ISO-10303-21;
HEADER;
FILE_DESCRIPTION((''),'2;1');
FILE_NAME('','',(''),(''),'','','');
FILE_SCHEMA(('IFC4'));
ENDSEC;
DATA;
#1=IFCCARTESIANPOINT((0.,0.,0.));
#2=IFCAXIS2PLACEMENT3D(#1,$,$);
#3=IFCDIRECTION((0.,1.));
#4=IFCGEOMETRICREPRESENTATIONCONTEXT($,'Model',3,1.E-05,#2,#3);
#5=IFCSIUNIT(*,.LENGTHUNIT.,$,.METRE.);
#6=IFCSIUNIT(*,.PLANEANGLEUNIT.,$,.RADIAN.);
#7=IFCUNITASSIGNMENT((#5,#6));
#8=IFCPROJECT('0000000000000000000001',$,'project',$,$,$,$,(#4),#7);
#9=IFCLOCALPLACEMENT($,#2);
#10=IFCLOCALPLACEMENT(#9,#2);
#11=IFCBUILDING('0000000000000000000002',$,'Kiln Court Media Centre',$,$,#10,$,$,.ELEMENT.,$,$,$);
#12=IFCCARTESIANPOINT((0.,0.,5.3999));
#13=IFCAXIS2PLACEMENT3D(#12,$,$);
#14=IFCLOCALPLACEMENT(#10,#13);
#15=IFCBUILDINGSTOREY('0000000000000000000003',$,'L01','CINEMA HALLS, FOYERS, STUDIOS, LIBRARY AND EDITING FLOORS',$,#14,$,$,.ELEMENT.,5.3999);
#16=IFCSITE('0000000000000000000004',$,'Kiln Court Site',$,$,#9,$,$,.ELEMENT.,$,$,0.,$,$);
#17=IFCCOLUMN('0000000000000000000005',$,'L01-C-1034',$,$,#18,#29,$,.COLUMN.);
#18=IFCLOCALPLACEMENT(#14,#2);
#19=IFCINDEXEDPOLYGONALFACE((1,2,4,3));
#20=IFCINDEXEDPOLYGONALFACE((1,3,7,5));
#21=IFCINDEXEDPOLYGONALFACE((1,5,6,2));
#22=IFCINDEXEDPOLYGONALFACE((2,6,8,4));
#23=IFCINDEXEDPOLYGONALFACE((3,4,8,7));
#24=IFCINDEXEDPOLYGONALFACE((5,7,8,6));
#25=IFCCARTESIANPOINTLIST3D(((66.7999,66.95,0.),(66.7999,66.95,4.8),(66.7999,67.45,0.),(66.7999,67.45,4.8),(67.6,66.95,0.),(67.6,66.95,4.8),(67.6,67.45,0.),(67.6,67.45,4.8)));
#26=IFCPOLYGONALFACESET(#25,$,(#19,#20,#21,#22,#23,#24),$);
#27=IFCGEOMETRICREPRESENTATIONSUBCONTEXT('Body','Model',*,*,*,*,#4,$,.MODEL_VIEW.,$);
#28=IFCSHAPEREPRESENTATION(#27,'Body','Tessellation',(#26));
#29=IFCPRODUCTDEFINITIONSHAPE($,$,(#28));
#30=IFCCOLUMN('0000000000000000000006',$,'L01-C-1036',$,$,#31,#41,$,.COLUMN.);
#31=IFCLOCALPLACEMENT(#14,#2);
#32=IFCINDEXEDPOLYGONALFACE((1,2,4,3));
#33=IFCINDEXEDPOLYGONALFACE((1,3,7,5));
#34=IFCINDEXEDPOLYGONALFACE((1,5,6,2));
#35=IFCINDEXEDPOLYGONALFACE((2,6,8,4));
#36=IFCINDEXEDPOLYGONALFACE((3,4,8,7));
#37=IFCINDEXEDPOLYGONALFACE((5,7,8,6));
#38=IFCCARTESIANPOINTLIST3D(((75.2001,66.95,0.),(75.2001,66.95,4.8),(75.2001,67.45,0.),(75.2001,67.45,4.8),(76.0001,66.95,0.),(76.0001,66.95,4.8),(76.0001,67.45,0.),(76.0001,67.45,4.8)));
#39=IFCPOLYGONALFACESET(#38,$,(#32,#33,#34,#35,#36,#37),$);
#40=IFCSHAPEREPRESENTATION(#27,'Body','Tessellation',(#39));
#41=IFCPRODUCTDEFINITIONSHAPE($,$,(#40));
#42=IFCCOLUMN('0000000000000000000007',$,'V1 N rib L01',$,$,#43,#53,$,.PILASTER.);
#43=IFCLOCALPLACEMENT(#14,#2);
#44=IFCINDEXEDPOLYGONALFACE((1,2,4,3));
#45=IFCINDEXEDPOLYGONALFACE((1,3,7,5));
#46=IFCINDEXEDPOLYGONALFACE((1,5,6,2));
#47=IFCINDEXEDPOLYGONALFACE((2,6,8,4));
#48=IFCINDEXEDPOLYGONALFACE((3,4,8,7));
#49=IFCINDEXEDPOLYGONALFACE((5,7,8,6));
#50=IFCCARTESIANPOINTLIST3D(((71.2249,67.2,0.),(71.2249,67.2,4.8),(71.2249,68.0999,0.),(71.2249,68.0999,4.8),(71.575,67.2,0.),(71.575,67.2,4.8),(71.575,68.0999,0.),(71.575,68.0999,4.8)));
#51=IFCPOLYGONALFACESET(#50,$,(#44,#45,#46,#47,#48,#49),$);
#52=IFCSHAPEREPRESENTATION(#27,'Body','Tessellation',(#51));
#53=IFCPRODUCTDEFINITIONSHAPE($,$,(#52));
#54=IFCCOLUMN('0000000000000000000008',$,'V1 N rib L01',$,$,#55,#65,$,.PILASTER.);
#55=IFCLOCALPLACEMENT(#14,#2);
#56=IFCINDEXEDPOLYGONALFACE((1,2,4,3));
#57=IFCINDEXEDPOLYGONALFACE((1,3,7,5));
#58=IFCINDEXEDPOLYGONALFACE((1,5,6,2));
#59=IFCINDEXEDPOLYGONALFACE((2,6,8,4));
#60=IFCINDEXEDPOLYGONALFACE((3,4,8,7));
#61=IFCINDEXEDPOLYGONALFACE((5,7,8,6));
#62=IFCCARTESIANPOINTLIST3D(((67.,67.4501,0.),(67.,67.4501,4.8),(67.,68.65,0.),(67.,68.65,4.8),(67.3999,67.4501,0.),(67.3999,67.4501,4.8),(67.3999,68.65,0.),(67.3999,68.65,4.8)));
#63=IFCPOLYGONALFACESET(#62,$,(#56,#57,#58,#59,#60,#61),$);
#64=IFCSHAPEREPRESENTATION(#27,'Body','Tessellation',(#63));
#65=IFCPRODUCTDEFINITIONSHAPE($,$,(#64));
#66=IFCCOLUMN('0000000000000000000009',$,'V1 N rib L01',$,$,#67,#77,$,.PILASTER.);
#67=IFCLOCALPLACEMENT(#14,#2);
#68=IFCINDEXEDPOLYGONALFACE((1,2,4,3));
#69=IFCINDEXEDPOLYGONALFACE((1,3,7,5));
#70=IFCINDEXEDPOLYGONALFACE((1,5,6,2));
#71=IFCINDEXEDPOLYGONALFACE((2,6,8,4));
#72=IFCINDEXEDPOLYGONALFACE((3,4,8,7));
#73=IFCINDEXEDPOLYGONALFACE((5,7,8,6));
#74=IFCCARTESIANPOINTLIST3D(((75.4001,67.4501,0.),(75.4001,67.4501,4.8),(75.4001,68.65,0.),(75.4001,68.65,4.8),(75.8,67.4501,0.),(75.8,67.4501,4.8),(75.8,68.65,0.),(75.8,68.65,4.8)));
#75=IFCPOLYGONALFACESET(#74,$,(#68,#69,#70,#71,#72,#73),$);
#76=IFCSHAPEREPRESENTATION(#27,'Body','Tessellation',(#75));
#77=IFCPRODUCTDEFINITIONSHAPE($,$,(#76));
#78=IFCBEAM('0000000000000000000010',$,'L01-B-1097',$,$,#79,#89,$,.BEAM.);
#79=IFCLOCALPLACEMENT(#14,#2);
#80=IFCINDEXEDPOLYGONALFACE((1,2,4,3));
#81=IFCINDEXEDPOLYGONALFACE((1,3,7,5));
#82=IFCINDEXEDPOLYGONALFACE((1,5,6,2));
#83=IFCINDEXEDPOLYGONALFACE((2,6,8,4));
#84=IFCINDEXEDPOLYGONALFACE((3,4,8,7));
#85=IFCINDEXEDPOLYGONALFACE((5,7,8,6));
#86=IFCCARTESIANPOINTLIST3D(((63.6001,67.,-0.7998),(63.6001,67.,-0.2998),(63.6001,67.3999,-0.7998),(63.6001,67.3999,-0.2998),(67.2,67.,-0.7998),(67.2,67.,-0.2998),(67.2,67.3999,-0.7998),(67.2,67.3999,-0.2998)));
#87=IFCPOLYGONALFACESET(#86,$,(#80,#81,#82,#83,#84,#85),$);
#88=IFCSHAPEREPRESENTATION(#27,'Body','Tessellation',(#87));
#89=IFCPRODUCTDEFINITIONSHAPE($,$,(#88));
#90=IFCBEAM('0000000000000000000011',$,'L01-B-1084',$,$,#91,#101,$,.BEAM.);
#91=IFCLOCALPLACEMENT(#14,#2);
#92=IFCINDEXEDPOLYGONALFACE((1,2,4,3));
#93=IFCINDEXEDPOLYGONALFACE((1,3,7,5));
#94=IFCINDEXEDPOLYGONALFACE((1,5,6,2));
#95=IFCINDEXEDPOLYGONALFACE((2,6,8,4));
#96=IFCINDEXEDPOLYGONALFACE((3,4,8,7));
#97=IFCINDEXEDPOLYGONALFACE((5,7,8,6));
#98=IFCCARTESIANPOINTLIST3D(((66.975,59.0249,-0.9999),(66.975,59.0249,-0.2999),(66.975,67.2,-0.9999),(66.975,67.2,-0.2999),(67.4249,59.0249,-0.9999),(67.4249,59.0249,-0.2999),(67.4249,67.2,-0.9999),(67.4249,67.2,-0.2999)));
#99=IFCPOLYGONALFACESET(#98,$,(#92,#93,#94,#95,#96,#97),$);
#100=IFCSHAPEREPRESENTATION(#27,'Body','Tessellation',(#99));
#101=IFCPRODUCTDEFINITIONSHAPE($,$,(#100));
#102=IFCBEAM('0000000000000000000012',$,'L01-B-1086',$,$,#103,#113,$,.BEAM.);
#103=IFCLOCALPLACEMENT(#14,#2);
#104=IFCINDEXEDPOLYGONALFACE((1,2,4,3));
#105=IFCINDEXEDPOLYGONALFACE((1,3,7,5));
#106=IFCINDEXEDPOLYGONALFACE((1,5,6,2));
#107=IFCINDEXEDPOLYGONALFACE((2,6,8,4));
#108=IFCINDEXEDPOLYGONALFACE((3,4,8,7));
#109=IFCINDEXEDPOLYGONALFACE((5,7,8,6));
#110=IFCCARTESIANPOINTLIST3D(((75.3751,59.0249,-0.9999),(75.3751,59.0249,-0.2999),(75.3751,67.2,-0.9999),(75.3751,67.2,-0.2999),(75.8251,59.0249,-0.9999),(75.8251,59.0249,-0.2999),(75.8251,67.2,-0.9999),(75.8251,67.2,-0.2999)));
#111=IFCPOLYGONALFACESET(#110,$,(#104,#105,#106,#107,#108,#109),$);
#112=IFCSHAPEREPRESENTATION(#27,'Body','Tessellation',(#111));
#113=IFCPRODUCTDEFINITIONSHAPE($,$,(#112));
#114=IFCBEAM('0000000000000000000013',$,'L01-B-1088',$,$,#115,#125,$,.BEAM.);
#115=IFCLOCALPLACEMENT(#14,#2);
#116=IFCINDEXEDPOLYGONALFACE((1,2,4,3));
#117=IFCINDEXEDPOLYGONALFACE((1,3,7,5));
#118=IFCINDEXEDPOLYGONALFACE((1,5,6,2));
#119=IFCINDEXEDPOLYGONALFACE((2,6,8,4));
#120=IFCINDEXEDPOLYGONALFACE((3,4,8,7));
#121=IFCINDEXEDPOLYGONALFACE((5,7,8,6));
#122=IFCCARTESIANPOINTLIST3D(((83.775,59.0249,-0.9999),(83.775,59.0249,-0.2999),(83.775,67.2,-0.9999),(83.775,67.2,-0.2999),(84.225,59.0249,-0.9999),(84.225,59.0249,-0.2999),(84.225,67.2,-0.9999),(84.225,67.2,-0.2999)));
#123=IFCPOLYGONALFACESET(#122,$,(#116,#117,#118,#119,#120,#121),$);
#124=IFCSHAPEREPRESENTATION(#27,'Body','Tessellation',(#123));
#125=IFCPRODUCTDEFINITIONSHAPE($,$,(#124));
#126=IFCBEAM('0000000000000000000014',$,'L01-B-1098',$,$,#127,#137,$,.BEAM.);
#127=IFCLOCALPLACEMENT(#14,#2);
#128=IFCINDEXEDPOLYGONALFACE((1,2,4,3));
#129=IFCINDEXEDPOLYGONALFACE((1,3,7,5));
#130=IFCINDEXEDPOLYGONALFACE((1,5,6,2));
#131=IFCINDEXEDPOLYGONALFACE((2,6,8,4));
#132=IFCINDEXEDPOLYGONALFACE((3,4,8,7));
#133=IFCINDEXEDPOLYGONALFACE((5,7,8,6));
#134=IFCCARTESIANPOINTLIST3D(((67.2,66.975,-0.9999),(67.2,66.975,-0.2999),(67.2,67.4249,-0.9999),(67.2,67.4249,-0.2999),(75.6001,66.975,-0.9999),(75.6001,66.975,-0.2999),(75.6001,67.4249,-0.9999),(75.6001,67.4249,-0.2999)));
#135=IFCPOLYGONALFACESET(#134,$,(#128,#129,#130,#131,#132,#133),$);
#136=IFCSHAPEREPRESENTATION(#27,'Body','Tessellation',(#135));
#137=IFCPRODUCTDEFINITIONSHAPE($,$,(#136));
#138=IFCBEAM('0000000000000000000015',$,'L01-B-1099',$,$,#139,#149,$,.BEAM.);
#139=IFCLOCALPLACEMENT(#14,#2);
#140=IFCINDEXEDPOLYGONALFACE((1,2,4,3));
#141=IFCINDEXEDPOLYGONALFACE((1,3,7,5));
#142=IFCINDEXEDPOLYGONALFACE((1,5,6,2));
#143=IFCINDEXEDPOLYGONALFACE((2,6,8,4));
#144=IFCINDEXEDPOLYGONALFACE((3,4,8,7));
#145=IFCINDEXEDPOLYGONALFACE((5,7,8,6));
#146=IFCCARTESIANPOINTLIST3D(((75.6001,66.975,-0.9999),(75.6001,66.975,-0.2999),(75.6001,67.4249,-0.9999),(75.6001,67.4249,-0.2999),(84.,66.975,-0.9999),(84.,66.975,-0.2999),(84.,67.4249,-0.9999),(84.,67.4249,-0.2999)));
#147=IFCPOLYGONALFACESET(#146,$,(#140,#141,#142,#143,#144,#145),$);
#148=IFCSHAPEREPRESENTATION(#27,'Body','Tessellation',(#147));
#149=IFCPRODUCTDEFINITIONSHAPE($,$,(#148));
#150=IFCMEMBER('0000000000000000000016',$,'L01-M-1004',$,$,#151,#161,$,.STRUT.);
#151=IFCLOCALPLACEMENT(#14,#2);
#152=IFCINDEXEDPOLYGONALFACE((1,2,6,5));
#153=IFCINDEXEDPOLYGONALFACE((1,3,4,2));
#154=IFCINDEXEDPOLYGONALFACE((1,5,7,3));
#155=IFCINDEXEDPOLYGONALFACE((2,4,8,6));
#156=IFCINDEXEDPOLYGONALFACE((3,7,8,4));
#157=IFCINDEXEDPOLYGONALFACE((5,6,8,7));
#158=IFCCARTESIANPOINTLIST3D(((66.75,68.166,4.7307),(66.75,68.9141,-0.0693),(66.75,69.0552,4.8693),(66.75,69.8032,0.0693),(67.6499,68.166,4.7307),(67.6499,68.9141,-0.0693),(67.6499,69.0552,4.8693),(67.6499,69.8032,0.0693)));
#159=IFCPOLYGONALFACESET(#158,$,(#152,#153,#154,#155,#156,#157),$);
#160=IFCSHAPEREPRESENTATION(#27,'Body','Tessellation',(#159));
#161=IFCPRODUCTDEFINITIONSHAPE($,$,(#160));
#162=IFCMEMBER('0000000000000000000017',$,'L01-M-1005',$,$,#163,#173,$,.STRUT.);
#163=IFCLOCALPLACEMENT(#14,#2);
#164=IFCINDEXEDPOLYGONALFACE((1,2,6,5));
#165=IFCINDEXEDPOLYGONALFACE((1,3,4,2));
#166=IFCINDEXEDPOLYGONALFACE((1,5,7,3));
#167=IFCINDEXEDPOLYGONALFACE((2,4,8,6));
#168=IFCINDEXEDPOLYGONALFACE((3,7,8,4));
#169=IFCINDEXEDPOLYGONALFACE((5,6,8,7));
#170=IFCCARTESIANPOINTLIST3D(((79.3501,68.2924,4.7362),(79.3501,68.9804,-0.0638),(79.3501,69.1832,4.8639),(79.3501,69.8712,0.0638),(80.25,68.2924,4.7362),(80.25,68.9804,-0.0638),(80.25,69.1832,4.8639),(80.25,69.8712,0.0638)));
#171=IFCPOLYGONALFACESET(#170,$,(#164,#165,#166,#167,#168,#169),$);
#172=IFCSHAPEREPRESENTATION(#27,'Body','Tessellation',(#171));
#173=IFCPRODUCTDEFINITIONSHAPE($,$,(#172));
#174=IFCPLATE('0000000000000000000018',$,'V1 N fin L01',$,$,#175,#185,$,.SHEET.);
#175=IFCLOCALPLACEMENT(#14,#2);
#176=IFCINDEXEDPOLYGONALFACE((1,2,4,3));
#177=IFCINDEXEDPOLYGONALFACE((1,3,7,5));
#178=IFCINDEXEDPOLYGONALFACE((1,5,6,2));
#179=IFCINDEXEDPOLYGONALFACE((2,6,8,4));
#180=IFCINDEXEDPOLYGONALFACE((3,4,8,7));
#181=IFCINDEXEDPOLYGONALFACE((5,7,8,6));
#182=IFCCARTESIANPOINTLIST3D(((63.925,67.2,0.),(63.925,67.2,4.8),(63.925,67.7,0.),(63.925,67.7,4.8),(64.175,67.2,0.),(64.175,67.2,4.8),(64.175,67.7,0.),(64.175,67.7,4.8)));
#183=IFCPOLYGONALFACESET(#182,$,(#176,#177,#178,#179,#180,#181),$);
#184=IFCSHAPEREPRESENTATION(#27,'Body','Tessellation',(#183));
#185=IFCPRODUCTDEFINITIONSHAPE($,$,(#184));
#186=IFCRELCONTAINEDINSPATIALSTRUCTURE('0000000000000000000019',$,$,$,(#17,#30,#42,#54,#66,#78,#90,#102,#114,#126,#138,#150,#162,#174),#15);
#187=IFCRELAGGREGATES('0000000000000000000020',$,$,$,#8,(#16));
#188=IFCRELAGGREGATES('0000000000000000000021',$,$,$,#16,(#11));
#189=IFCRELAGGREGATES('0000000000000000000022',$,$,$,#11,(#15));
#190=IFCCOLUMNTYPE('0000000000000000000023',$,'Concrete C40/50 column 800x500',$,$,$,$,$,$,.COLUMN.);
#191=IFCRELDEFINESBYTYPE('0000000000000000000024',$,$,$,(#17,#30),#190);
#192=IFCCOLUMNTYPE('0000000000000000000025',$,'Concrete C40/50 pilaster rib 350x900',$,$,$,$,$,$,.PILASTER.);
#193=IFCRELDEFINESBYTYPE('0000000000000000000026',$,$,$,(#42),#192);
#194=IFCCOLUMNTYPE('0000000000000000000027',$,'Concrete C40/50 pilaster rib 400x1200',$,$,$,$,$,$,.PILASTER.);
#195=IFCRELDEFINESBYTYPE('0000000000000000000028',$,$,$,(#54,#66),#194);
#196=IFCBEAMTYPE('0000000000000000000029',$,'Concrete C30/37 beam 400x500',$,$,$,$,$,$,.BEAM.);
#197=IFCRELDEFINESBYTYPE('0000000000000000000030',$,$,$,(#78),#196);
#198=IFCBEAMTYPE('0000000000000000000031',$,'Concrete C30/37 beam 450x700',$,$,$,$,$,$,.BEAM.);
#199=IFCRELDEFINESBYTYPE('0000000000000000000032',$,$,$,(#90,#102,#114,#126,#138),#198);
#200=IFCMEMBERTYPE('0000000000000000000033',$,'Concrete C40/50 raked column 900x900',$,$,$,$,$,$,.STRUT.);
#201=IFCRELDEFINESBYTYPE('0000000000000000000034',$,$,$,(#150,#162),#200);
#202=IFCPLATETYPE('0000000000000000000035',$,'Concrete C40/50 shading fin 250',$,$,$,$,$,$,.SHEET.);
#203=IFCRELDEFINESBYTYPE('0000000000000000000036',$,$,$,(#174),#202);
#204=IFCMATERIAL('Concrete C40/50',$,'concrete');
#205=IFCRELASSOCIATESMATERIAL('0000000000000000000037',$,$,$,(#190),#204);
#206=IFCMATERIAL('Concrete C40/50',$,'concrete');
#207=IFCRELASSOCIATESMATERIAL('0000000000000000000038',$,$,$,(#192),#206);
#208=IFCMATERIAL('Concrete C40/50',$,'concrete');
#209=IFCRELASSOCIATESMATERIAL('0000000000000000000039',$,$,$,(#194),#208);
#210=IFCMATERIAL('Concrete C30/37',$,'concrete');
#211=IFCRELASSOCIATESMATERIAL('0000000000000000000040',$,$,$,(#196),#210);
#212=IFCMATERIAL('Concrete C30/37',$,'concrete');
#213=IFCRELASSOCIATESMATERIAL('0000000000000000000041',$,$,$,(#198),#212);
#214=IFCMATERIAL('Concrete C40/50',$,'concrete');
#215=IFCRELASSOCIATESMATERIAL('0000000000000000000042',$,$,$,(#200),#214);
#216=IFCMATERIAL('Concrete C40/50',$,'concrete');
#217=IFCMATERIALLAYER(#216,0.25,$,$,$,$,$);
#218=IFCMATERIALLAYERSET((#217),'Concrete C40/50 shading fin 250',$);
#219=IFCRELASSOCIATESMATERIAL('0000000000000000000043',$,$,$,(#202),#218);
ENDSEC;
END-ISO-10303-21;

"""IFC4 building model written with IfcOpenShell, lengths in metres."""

from ifc_helpers import new_model, si_unit, direction, frame, origin, origin_2d, place, context, subcontext, project, spatial, rectangle, extrude, material, layer, layer_set, material_profile, profile_set, type_object, element, save


model = new_model("IFC4")

# Units and contexts
model_context = context("Model", 3, precision=1e-05, world=origin(), true_north=direction((0.0, 1.0)))
body_context = subcontext(model_context, "Body", "Model", "MODEL_VIEW")
ifc_project = project(units=[si_unit("LENGTHUNIT", "METRE"), si_unit("PLANEANGLEUNIT", "RADIAN")], contexts=[model_context])

# Site, building, storey
site_placement = place(None, origin())
site = spatial("IfcSite", under=ifc_project, at=site_placement, Name="Kiln Court Site", CompositionType="ELEMENT", RefElevation=0.0)
building_placement = place(site_placement, origin())
building = spatial("IfcBuilding", under=site, at=building_placement, Name="Kiln Court Media Centre", CompositionType="ELEMENT")
storey_placement = place(building_placement, frame((0.0, 0.0, 5.3999)))
storey = spatial("IfcBuildingStorey", under=building, at=storey_placement, Name="L01", Description="CINEMA HALLS, FOYERS, STUDIOS, LIBRARY AND EDITING FLOORS", CompositionType="ELEMENT", Elevation=5.3999)

# Columns
ifc_material_1 = material(Name="Concrete C40/50", Category="concrete")
ifc_material_profile_1 = material_profile(ifc_material_1, rectangle(XDim=0.8, YDim=0.5, at=origin_2d()), Name="RC 800x500")
ifc_profile_set_1 = profile_set([ifc_material_profile_1], Name="Concrete C40/50")
column_type_1 = type_object("IfcColumnType", Name="Concrete C40/50 column 800x500", PredefinedType="COLUMN", material=ifc_profile_set_1)
for number, where, z_axis, x_axis, name in (
    (1, (67.2, 67.2, 0.0), (0.0, 0.0, 1.0), (1.0, 0.0, 0.0), "L01-C-1034"),
    (2, (75.6001, 67.2, 0.0), (0.0, 0.0, 1.0), (1.0, 0.0, 0.0), "L01-C-1036"),
):
    element("IfcColumn", number, at=place(storey_placement, frame(where, z_axis=z_axis, x_axis=x_axis)), inside=storey, type_object=column_type_1, Name=name, PredefinedType="COLUMN", context=body_context, shape_type="SweptSolid", body=[
        extrude(rectangle(XDim=0.8, YDim=0.5, at=origin_2d()), origin(), (0.0, 0.0, 1.0), 4.8),
    ])
ifc_material_2 = material(Name="Concrete C40/50", Category="concrete")
ifc_material_profile_2 = material_profile(ifc_material_2, rectangle(XDim=0.3501, YDim=0.8999, at=origin_2d()), Name="RC 350x900")
ifc_profile_set_2 = profile_set([ifc_material_profile_2], Name="Concrete C40/50")
column_type_2 = type_object("IfcColumnType", Name="Concrete C40/50 pilaster rib 350x900", PredefinedType="PILASTER", material=ifc_profile_set_2)
column_placement = place(storey_placement, frame((71.3999, 67.6499, 0.0), z_axis=(0.0, 0.0, 1.0), x_axis=(1.0, 0.0, 0.0)))
element("IfcColumn", 3, at=column_placement, inside=storey, type_object=column_type_2, Name="V1 N rib L01", PredefinedType="PILASTER", context=body_context, shape_type="SweptSolid", body=[
    extrude(rectangle(XDim=0.3501, YDim=0.8999, at=origin_2d()), origin(), (0.0, 0.0, 1.0), 4.8),
])
ifc_material_3 = material(Name="Concrete C40/50", Category="concrete")
ifc_material_profile_3 = material_profile(ifc_material_3, rectangle(XDim=0.3999, YDim=1.2, at=origin_2d()), Name="RC 400x1200")
ifc_profile_set_3 = profile_set([ifc_material_profile_3], Name="Concrete C40/50")
column_type_3 = type_object("IfcColumnType", Name="Concrete C40/50 pilaster rib 400x1200", PredefinedType="PILASTER", material=ifc_profile_set_3)
for number, where, z_axis, x_axis, name in (
    (4, (67.2, 68.05, 0.0), (0.0, 0.0, 1.0), (1.0, 0.0, 0.0), "V1 N rib L01"),
    (5, (75.6001, 68.05, 0.0), (0.0, 0.0, 1.0), (1.0, 0.0, 0.0), "V1 N rib L01"),
):
    element("IfcColumn", number, at=place(storey_placement, frame(where, z_axis=z_axis, x_axis=x_axis)), inside=storey, type_object=column_type_3, Name=name, PredefinedType="PILASTER", context=body_context, shape_type="SweptSolid", body=[
        extrude(rectangle(XDim=0.3999, YDim=1.2, at=origin_2d()), origin(), (0.0, 0.0, 1.0), 4.8),
    ])

# Beams
ifc_material_4 = material(Name="Concrete C30/37", Category="concrete")
ifc_material_profile_4 = material_profile(ifc_material_4, rectangle(XDim=0.3999, YDim=0.5, at=origin_2d()), Name="RC 400x500")
ifc_profile_set_4 = profile_set([ifc_material_profile_4], Name="Concrete C30/37")
beam_type_1 = type_object("IfcBeamType", Name="Concrete C30/37 beam 400x500", PredefinedType="BEAM", material=ifc_profile_set_4)
beam_1_placement = place(storey_placement, frame((63.6001, 67.2, -0.5498), z_axis=(1.0, 0.0, 0.0), x_axis=(0.0, 1.0, 0.0)))
element("IfcBeam", 6, at=beam_1_placement, inside=storey, type_object=beam_type_1, Name="L01-B-1097", PredefinedType="BEAM", context=body_context, shape_type="SweptSolid", body=[
    extrude(rectangle(XDim=0.3999, YDim=0.5, at=origin_2d()), origin(), (0.0, 0.0, 1.0), 3.5999),
])
ifc_material_5 = material(Name="Concrete C30/37", Category="concrete")
ifc_material_profile_5 = material_profile(ifc_material_5, rectangle(XDim=0.45, YDim=0.7, at=origin_2d()), Name="RC 450x700")
ifc_profile_set_5 = profile_set([ifc_material_profile_5], Name="Concrete C30/37")
beam_type_2 = type_object("IfcBeamType", Name="Concrete C30/37 beam 450x700", PredefinedType="BEAM", material=ifc_profile_set_5)
for number, where, z_axis, x_axis, name in (
    (7, (67.2, 59.0249, -0.6499), (0.0, 1.0, 0.0), (-1.0, 0.0, 0.0), "L01-B-1084"),
    (8, (75.6001, 59.0249, -0.6499), (0.0, 1.0, 0.0), (-1.0, 0.0, 0.0), "L01-B-1086"),
    (9, (84.0, 59.0249, -0.6499), (0.0, 1.0, 0.0), (-1.0, 0.0, 0.0), "L01-B-1088"),
):
    element("IfcBeam", number, at=place(storey_placement, frame(where, z_axis=z_axis, x_axis=x_axis)), inside=storey, type_object=beam_type_2, Name=name, PredefinedType="BEAM", context=body_context, shape_type="SweptSolid", body=[
        extrude(rectangle(XDim=0.45, YDim=0.7, at=origin_2d()), origin(), (0.0, 0.0, 1.0), 8.175),
    ])
beam_2_placement = place(storey_placement, frame((67.2, 67.2, -0.6499), z_axis=(1.0, 0.0, 0.0), x_axis=(0.0, 1.0, 0.0)))
element("IfcBeam", 10, at=beam_2_placement, inside=storey, type_object=beam_type_2, Name="L01-B-1098", PredefinedType="BEAM", context=body_context, shape_type="SweptSolid", body=[
    extrude(rectangle(XDim=0.45, YDim=0.7, at=origin_2d()), origin(), (0.0, 0.0, 1.0), 8.4001),
])
beam_3_placement = place(storey_placement, frame((75.6001, 67.2, -0.6499), z_axis=(1.0, 0.0, 0.0), x_axis=(0.0, 1.0, 0.0)))
element("IfcBeam", 11, at=beam_3_placement, inside=storey, type_object=beam_type_2, Name="L01-B-1099", PredefinedType="BEAM", context=body_context, shape_type="SweptSolid", body=[
    extrude(rectangle(XDim=0.45, YDim=0.7, at=origin_2d()), origin(), (0.0, 0.0, 1.0), 8.3999),
])

# Members
ifc_material_6 = material(Name="Concrete C40/50", Category="concrete")
ifc_material_profile_6 = material_profile(ifc_material_6, rectangle(XDim=0.8999, YDim=0.8999, at=origin_2d()), Name="RC 900x900")
ifc_profile_set_6 = profile_set([ifc_material_profile_6], Name="Concrete C40/50")
member_type = type_object("IfcMemberType", Name="Concrete C40/50 raked column 900x900", PredefinedType="STRUT", material=ifc_profile_set_6)
member_1_placement = place(storey_placement, frame((67.2, 69.3586, 0.0), z_axis=(0.0, -0.153983, 0.988074), x_axis=(1.0, 0.0, 0.0)))
element("IfcMember", 12, at=member_1_placement, inside=storey, type_object=member_type, Name="L01-M-1004", PredefinedType="STRUT", context=body_context, shape_type="SweptSolid", body=[
    extrude(rectangle(XDim=0.8999, YDim=0.8999, at=origin_2d()), origin(), (0.0, 0.0, 1.0), 4.8579),
])
member_2_placement = place(storey_placement, frame((79.8, 69.4258, 0.0), z_axis=(0.0, -0.14188, 0.989884), x_axis=(1.0, 0.0, 0.0)))
element("IfcMember", 13, at=member_2_placement, inside=storey, type_object=member_type, Name="L01-M-1005", PredefinedType="STRUT", context=body_context, shape_type="SweptSolid", body=[
    extrude(rectangle(XDim=0.8999, YDim=0.8999, at=origin_2d()), origin(), (0.0, 0.0, 1.0), 4.8491),
])

# Plate
ifc_material_7 = material(Name="Concrete C40/50", Category="concrete")
ifc_layer_1 = layer(ifc_material_7, 0.25)
ifc_layer_set_1 = layer_set([ifc_layer_1], Name="Concrete C40/50 shading fin 250")
plate_type = type_object("IfcPlateType", Name="Concrete C40/50 shading fin 250", PredefinedType="SHEET", material=ifc_layer_set_1)
for number, where, z_axis, x_axis, name in (
    (14, (64.05, 67.45, 0.0), (0.0, 0.0, 1.0), (1.0, 0.0, 0.0), "V1 N fin L01"),
):
    element("IfcPlate", number, at=place(storey_placement, frame(where, z_axis=z_axis, x_axis=x_axis)), inside=storey, type_object=plate_type, Name=name, PredefinedType="SHEET", context=body_context, shape_type="SweptSolid", body=[
        extrude(rectangle(XDim=0.25, YDim=0.5, at=origin_2d()), origin(), (0.0, 0.0, 1.0), 4.8),
    ])

save(model, "model.ifc")
